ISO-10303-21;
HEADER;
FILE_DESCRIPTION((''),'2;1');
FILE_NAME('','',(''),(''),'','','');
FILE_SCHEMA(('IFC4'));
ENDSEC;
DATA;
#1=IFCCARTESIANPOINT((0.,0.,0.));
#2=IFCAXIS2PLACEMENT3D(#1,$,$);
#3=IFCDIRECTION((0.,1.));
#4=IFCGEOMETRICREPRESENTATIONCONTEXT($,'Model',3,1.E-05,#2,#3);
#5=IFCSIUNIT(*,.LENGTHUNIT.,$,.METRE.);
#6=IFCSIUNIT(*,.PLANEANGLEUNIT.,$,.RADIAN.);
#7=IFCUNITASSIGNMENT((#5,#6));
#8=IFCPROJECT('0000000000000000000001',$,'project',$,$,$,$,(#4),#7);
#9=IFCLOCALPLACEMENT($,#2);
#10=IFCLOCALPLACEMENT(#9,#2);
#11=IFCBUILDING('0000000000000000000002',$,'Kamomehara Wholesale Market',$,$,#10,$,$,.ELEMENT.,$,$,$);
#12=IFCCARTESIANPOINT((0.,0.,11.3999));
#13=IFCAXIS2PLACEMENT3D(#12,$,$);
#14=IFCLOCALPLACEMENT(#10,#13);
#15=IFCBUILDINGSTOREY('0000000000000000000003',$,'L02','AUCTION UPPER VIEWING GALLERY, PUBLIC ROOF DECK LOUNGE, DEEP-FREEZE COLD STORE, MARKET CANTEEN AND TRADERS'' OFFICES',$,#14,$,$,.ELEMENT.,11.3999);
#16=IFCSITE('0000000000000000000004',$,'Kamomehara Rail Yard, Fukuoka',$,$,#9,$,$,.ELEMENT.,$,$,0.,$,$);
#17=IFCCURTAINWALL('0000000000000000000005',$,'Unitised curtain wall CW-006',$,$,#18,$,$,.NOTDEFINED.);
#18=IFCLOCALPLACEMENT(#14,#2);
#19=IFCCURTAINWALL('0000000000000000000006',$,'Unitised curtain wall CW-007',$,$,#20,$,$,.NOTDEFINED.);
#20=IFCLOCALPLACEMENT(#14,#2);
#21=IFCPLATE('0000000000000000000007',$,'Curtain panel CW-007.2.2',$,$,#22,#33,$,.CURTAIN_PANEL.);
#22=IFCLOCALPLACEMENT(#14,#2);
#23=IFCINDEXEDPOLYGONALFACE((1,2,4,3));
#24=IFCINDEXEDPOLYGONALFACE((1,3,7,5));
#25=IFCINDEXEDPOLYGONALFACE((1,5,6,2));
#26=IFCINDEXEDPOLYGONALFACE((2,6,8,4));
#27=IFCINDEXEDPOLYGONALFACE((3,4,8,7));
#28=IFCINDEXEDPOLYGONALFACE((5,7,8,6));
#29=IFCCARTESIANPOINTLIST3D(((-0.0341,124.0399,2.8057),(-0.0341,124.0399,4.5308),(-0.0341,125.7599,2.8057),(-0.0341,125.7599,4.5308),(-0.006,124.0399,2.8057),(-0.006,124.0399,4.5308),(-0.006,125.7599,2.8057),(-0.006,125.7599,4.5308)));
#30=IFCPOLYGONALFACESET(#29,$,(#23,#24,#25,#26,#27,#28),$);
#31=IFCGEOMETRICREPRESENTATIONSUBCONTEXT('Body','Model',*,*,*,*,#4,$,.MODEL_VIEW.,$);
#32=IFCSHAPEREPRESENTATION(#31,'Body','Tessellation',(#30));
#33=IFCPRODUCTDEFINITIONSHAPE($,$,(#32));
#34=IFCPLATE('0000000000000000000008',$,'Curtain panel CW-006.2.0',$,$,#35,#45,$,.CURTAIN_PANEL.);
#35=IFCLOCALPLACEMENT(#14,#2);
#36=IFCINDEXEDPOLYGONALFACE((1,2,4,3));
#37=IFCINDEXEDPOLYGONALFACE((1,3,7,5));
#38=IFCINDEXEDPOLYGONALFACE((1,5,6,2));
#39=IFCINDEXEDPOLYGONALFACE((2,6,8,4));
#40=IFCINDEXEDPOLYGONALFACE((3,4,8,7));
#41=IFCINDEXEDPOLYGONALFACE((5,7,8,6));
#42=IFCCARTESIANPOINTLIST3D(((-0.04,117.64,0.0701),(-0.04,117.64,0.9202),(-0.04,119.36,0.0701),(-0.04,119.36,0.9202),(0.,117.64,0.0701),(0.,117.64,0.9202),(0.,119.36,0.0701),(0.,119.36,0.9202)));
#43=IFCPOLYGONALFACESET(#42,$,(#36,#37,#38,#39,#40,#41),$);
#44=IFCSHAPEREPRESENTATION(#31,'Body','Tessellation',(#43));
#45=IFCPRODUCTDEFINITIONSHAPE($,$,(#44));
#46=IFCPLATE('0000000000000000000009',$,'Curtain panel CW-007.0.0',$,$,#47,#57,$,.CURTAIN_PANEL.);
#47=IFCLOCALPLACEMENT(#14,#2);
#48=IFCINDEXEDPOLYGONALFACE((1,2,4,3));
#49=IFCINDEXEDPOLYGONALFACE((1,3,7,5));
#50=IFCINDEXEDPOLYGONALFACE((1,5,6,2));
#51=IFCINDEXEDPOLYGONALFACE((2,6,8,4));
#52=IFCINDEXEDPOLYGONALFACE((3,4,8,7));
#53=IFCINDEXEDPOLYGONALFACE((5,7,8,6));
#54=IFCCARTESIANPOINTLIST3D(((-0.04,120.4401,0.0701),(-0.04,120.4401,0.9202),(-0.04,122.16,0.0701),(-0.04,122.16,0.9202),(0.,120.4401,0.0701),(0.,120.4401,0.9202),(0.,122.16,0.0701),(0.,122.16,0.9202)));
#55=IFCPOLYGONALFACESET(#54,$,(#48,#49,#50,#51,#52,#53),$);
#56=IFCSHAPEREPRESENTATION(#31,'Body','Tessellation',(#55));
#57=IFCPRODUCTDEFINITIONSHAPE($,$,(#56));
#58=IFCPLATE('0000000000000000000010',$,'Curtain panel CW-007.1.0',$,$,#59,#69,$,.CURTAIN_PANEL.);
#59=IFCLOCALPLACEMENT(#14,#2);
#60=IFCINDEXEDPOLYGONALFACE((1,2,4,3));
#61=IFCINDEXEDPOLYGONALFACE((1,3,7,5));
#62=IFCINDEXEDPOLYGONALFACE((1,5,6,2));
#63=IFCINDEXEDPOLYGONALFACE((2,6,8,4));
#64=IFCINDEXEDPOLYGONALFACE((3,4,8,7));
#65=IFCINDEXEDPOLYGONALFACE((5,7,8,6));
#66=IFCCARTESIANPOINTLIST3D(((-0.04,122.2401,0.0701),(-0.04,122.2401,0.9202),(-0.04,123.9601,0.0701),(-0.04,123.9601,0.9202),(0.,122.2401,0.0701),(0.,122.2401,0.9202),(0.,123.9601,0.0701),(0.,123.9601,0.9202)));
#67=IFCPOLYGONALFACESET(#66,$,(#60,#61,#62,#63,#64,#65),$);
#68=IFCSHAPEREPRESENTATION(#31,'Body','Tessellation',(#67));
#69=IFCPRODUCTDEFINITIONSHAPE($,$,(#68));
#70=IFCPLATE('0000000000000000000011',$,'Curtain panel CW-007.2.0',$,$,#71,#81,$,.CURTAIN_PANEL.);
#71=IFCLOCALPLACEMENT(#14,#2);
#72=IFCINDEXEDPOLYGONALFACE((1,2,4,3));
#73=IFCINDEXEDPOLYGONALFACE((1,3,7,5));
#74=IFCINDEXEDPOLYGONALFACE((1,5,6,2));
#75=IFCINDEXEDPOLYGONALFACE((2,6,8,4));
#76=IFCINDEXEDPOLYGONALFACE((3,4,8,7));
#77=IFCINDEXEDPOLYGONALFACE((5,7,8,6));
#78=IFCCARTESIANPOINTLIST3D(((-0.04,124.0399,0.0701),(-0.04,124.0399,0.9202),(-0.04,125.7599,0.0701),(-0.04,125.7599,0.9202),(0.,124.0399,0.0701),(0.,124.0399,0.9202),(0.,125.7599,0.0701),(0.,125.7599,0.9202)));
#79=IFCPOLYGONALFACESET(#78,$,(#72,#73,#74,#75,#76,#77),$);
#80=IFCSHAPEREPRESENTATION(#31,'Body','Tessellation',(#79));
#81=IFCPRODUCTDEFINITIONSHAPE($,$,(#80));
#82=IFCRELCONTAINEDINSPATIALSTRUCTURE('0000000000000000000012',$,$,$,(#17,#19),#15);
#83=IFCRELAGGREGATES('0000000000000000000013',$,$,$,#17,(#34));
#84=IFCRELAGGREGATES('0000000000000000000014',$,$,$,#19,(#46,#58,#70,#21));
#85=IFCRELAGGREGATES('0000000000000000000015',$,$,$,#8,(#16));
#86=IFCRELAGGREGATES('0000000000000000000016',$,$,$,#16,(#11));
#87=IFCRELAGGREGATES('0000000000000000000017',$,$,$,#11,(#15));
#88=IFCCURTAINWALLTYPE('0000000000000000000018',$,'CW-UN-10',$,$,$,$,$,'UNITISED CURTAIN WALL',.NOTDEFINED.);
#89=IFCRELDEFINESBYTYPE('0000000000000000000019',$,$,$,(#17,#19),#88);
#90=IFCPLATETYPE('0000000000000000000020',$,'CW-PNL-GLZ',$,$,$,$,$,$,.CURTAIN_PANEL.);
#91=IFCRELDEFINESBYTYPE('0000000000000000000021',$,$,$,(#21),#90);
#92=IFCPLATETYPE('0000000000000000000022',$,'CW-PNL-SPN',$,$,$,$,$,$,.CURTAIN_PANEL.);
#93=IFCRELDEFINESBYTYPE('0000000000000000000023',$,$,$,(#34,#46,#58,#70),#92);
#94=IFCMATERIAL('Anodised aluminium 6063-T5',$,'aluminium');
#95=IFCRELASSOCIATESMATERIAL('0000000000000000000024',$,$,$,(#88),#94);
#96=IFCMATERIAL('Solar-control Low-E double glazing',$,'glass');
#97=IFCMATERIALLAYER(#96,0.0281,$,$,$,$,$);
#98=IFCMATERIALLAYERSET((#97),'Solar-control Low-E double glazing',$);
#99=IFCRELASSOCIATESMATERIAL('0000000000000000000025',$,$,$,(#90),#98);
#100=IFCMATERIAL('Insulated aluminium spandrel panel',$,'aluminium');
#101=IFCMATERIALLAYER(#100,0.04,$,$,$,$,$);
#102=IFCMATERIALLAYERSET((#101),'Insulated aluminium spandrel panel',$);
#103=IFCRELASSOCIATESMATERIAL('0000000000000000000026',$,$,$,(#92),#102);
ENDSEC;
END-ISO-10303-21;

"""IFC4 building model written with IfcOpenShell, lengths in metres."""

from ifc_helpers import new_model, si_unit, direction, frame, origin, origin_2d, place, context, subcontext, project, spatial, rectangle, extrude, material, layer, layer_set, type_object, element, aggregate, save


model = new_model("IFC4")

# Units and contexts
model_context = context("Model", 3, precision=1e-05, world=origin(), true_north=direction((0.0, 1.0)))
body_context = subcontext(model_context, "Body", "Model", "MODEL_VIEW")
ifc_project = project(units=[si_unit("LENGTHUNIT", "METRE"), si_unit("PLANEANGLEUNIT", "RADIAN")], contexts=[model_context])

# Site, building, storey
site_placement = place(None, origin())
site = spatial("IfcSite", under=ifc_project, at=site_placement, Name="Kamomehara Rail Yard, Fukuoka", CompositionType="ELEMENT", RefElevation=0.0)
building_placement = place(site_placement, origin())
building = spatial("IfcBuilding", under=site, at=building_placement, Name="Kamomehara Wholesale Market", CompositionType="ELEMENT")
storey_placement = place(building_placement, frame((0.0, 0.0, 11.3999)))
storey = spatial("IfcBuildingStorey", under=building, at=storey_placement, Name="L02", Description="AUCTION UPPER VIEWING GALLERY, PUBLIC ROOF DECK LOUNGE, DEEP-FREEZE COLD STORE, MARKET CANTEEN AND TRADERS' OFFICES", CompositionType="ELEMENT", Elevation=11.3999)

# Curtain wall
ifc_material_1 = material(Name="Anodised aluminium 6063-T5", Category="aluminium")
curtain_wall_type = type_object("IfcCurtainWallType", Name="CW-UN-10", ElementType="UNITISED CURTAIN WALL", PredefinedType="NOTDEFINED", material=ifc_material_1)
curtain_wall_1_placement = place(storey_placement, origin())
curtain_wall_1 = element("IfcCurtainWall", 1, at=curtain_wall_1_placement, inside=storey, type_object=curtain_wall_type, Name="Unitised curtain wall CW-006", PredefinedType="NOTDEFINED")

# Curtain wall
curtain_wall_2_placement = place(storey_placement, origin())
curtain_wall_2 = element("IfcCurtainWall", 2, at=curtain_wall_2_placement, inside=storey, type_object=curtain_wall_type, Name="Unitised curtain wall CW-007", PredefinedType="NOTDEFINED")

# Plates
ifc_material_2 = material(Name="Solar-control Low-E double glazing", Category="glass")
ifc_layer_1 = layer(ifc_material_2, 0.0281)
ifc_layer_set_1 = layer_set([ifc_layer_1], Name="Solar-control Low-E double glazing")
plate_type_1 = type_object("IfcPlateType", Name="CW-PNL-GLZ", PredefinedType="CURTAIN_PANEL", material=ifc_layer_set_1)
plate_1_placement = place(storey_placement, frame((-0.02, 124.8999, 2.8057), z_axis=(0.0, 0.0, 1.0), x_axis=(0.0, 1.0, 0.0)))
plate_1 = element("IfcPlate", 3, at=plate_1_placement, type_object=plate_type_1, Name="Curtain panel CW-007.2.2", PredefinedType="CURTAIN_PANEL", context=body_context, shape_type="SweptSolid", body=[
    extrude(rectangle(XDim=1.72, YDim=0.0281, at=origin_2d()), origin(), (0.0, 0.0, 1.0), 1.7251),
])
ifc_material_3 = material(Name="Insulated aluminium spandrel panel", Category="aluminium")
ifc_layer_2 = layer(ifc_material_3, 0.04)
ifc_layer_set_2 = layer_set([ifc_layer_2], Name="Insulated aluminium spandrel panel")
plate_type_2 = type_object("IfcPlateType", Name="CW-PNL-SPN", PredefinedType="CURTAIN_PANEL", material=ifc_layer_set_2)
plate_2_placement = place(storey_placement, frame((-0.02, 118.5, 0.0701), z_axis=(0.0, 0.0, 1.0), x_axis=(0.0, 1.0, 0.0)))
plate_2 = element("IfcPlate", 4, at=plate_2_placement, type_object=plate_type_2, Name="Curtain panel CW-006.2.0", PredefinedType="CURTAIN_PANEL", context=body_context, shape_type="SweptSolid", body=[
    extrude(rectangle(XDim=1.72, YDim=0.04, at=origin_2d()), origin(), (0.0, 0.0, 1.0), 0.8501),
])
aggregate(curtain_wall_1, [plate_2])
plate_3_placement = place(storey_placement, frame((-0.02, 121.3, 0.0701), z_axis=(0.0, 0.0, 1.0), x_axis=(0.0, 1.0, 0.0)))
plate_3 = element("IfcPlate", 5, at=plate_3_placement, type_object=plate_type_2, Name="Curtain panel CW-007.0.0", PredefinedType="CURTAIN_PANEL", context=body_context, shape_type="SweptSolid", body=[
    extrude(rectangle(XDim=1.72, YDim=0.04, at=origin_2d()), origin(), (0.0, 0.0, 1.0), 0.8501),
])
plate_4_placement = place(storey_placement, frame((-0.02, 123.1001, 0.0701), z_axis=(0.0, 0.0, 1.0), x_axis=(0.0, 1.0, 0.0)))
plate_4 = element("IfcPlate", 6, at=plate_4_placement, type_object=plate_type_2, Name="Curtain panel CW-007.1.0", PredefinedType="CURTAIN_PANEL", context=body_context, shape_type="SweptSolid", body=[
    extrude(rectangle(XDim=1.72, YDim=0.04, at=origin_2d()), origin(), (0.0, 0.0, 1.0), 0.8501),
])
plate_5_placement = place(storey_placement, frame((-0.02, 124.8999, 0.0701), z_axis=(0.0, 0.0, 1.0), x_axis=(0.0, 1.0, 0.0)))
plate_5 = element("IfcPlate", 7, at=plate_5_placement, type_object=plate_type_2, Name="Curtain panel CW-007.2.0", PredefinedType="CURTAIN_PANEL", context=body_context, shape_type="SweptSolid", body=[
    extrude(rectangle(XDim=1.72, YDim=0.04, at=origin_2d()), origin(), (0.0, 0.0, 1.0), 0.8501),
])
aggregate(curtain_wall_2, [plate_3, plate_4, plate_5, plate_1])

save(model, "model.ifc")
